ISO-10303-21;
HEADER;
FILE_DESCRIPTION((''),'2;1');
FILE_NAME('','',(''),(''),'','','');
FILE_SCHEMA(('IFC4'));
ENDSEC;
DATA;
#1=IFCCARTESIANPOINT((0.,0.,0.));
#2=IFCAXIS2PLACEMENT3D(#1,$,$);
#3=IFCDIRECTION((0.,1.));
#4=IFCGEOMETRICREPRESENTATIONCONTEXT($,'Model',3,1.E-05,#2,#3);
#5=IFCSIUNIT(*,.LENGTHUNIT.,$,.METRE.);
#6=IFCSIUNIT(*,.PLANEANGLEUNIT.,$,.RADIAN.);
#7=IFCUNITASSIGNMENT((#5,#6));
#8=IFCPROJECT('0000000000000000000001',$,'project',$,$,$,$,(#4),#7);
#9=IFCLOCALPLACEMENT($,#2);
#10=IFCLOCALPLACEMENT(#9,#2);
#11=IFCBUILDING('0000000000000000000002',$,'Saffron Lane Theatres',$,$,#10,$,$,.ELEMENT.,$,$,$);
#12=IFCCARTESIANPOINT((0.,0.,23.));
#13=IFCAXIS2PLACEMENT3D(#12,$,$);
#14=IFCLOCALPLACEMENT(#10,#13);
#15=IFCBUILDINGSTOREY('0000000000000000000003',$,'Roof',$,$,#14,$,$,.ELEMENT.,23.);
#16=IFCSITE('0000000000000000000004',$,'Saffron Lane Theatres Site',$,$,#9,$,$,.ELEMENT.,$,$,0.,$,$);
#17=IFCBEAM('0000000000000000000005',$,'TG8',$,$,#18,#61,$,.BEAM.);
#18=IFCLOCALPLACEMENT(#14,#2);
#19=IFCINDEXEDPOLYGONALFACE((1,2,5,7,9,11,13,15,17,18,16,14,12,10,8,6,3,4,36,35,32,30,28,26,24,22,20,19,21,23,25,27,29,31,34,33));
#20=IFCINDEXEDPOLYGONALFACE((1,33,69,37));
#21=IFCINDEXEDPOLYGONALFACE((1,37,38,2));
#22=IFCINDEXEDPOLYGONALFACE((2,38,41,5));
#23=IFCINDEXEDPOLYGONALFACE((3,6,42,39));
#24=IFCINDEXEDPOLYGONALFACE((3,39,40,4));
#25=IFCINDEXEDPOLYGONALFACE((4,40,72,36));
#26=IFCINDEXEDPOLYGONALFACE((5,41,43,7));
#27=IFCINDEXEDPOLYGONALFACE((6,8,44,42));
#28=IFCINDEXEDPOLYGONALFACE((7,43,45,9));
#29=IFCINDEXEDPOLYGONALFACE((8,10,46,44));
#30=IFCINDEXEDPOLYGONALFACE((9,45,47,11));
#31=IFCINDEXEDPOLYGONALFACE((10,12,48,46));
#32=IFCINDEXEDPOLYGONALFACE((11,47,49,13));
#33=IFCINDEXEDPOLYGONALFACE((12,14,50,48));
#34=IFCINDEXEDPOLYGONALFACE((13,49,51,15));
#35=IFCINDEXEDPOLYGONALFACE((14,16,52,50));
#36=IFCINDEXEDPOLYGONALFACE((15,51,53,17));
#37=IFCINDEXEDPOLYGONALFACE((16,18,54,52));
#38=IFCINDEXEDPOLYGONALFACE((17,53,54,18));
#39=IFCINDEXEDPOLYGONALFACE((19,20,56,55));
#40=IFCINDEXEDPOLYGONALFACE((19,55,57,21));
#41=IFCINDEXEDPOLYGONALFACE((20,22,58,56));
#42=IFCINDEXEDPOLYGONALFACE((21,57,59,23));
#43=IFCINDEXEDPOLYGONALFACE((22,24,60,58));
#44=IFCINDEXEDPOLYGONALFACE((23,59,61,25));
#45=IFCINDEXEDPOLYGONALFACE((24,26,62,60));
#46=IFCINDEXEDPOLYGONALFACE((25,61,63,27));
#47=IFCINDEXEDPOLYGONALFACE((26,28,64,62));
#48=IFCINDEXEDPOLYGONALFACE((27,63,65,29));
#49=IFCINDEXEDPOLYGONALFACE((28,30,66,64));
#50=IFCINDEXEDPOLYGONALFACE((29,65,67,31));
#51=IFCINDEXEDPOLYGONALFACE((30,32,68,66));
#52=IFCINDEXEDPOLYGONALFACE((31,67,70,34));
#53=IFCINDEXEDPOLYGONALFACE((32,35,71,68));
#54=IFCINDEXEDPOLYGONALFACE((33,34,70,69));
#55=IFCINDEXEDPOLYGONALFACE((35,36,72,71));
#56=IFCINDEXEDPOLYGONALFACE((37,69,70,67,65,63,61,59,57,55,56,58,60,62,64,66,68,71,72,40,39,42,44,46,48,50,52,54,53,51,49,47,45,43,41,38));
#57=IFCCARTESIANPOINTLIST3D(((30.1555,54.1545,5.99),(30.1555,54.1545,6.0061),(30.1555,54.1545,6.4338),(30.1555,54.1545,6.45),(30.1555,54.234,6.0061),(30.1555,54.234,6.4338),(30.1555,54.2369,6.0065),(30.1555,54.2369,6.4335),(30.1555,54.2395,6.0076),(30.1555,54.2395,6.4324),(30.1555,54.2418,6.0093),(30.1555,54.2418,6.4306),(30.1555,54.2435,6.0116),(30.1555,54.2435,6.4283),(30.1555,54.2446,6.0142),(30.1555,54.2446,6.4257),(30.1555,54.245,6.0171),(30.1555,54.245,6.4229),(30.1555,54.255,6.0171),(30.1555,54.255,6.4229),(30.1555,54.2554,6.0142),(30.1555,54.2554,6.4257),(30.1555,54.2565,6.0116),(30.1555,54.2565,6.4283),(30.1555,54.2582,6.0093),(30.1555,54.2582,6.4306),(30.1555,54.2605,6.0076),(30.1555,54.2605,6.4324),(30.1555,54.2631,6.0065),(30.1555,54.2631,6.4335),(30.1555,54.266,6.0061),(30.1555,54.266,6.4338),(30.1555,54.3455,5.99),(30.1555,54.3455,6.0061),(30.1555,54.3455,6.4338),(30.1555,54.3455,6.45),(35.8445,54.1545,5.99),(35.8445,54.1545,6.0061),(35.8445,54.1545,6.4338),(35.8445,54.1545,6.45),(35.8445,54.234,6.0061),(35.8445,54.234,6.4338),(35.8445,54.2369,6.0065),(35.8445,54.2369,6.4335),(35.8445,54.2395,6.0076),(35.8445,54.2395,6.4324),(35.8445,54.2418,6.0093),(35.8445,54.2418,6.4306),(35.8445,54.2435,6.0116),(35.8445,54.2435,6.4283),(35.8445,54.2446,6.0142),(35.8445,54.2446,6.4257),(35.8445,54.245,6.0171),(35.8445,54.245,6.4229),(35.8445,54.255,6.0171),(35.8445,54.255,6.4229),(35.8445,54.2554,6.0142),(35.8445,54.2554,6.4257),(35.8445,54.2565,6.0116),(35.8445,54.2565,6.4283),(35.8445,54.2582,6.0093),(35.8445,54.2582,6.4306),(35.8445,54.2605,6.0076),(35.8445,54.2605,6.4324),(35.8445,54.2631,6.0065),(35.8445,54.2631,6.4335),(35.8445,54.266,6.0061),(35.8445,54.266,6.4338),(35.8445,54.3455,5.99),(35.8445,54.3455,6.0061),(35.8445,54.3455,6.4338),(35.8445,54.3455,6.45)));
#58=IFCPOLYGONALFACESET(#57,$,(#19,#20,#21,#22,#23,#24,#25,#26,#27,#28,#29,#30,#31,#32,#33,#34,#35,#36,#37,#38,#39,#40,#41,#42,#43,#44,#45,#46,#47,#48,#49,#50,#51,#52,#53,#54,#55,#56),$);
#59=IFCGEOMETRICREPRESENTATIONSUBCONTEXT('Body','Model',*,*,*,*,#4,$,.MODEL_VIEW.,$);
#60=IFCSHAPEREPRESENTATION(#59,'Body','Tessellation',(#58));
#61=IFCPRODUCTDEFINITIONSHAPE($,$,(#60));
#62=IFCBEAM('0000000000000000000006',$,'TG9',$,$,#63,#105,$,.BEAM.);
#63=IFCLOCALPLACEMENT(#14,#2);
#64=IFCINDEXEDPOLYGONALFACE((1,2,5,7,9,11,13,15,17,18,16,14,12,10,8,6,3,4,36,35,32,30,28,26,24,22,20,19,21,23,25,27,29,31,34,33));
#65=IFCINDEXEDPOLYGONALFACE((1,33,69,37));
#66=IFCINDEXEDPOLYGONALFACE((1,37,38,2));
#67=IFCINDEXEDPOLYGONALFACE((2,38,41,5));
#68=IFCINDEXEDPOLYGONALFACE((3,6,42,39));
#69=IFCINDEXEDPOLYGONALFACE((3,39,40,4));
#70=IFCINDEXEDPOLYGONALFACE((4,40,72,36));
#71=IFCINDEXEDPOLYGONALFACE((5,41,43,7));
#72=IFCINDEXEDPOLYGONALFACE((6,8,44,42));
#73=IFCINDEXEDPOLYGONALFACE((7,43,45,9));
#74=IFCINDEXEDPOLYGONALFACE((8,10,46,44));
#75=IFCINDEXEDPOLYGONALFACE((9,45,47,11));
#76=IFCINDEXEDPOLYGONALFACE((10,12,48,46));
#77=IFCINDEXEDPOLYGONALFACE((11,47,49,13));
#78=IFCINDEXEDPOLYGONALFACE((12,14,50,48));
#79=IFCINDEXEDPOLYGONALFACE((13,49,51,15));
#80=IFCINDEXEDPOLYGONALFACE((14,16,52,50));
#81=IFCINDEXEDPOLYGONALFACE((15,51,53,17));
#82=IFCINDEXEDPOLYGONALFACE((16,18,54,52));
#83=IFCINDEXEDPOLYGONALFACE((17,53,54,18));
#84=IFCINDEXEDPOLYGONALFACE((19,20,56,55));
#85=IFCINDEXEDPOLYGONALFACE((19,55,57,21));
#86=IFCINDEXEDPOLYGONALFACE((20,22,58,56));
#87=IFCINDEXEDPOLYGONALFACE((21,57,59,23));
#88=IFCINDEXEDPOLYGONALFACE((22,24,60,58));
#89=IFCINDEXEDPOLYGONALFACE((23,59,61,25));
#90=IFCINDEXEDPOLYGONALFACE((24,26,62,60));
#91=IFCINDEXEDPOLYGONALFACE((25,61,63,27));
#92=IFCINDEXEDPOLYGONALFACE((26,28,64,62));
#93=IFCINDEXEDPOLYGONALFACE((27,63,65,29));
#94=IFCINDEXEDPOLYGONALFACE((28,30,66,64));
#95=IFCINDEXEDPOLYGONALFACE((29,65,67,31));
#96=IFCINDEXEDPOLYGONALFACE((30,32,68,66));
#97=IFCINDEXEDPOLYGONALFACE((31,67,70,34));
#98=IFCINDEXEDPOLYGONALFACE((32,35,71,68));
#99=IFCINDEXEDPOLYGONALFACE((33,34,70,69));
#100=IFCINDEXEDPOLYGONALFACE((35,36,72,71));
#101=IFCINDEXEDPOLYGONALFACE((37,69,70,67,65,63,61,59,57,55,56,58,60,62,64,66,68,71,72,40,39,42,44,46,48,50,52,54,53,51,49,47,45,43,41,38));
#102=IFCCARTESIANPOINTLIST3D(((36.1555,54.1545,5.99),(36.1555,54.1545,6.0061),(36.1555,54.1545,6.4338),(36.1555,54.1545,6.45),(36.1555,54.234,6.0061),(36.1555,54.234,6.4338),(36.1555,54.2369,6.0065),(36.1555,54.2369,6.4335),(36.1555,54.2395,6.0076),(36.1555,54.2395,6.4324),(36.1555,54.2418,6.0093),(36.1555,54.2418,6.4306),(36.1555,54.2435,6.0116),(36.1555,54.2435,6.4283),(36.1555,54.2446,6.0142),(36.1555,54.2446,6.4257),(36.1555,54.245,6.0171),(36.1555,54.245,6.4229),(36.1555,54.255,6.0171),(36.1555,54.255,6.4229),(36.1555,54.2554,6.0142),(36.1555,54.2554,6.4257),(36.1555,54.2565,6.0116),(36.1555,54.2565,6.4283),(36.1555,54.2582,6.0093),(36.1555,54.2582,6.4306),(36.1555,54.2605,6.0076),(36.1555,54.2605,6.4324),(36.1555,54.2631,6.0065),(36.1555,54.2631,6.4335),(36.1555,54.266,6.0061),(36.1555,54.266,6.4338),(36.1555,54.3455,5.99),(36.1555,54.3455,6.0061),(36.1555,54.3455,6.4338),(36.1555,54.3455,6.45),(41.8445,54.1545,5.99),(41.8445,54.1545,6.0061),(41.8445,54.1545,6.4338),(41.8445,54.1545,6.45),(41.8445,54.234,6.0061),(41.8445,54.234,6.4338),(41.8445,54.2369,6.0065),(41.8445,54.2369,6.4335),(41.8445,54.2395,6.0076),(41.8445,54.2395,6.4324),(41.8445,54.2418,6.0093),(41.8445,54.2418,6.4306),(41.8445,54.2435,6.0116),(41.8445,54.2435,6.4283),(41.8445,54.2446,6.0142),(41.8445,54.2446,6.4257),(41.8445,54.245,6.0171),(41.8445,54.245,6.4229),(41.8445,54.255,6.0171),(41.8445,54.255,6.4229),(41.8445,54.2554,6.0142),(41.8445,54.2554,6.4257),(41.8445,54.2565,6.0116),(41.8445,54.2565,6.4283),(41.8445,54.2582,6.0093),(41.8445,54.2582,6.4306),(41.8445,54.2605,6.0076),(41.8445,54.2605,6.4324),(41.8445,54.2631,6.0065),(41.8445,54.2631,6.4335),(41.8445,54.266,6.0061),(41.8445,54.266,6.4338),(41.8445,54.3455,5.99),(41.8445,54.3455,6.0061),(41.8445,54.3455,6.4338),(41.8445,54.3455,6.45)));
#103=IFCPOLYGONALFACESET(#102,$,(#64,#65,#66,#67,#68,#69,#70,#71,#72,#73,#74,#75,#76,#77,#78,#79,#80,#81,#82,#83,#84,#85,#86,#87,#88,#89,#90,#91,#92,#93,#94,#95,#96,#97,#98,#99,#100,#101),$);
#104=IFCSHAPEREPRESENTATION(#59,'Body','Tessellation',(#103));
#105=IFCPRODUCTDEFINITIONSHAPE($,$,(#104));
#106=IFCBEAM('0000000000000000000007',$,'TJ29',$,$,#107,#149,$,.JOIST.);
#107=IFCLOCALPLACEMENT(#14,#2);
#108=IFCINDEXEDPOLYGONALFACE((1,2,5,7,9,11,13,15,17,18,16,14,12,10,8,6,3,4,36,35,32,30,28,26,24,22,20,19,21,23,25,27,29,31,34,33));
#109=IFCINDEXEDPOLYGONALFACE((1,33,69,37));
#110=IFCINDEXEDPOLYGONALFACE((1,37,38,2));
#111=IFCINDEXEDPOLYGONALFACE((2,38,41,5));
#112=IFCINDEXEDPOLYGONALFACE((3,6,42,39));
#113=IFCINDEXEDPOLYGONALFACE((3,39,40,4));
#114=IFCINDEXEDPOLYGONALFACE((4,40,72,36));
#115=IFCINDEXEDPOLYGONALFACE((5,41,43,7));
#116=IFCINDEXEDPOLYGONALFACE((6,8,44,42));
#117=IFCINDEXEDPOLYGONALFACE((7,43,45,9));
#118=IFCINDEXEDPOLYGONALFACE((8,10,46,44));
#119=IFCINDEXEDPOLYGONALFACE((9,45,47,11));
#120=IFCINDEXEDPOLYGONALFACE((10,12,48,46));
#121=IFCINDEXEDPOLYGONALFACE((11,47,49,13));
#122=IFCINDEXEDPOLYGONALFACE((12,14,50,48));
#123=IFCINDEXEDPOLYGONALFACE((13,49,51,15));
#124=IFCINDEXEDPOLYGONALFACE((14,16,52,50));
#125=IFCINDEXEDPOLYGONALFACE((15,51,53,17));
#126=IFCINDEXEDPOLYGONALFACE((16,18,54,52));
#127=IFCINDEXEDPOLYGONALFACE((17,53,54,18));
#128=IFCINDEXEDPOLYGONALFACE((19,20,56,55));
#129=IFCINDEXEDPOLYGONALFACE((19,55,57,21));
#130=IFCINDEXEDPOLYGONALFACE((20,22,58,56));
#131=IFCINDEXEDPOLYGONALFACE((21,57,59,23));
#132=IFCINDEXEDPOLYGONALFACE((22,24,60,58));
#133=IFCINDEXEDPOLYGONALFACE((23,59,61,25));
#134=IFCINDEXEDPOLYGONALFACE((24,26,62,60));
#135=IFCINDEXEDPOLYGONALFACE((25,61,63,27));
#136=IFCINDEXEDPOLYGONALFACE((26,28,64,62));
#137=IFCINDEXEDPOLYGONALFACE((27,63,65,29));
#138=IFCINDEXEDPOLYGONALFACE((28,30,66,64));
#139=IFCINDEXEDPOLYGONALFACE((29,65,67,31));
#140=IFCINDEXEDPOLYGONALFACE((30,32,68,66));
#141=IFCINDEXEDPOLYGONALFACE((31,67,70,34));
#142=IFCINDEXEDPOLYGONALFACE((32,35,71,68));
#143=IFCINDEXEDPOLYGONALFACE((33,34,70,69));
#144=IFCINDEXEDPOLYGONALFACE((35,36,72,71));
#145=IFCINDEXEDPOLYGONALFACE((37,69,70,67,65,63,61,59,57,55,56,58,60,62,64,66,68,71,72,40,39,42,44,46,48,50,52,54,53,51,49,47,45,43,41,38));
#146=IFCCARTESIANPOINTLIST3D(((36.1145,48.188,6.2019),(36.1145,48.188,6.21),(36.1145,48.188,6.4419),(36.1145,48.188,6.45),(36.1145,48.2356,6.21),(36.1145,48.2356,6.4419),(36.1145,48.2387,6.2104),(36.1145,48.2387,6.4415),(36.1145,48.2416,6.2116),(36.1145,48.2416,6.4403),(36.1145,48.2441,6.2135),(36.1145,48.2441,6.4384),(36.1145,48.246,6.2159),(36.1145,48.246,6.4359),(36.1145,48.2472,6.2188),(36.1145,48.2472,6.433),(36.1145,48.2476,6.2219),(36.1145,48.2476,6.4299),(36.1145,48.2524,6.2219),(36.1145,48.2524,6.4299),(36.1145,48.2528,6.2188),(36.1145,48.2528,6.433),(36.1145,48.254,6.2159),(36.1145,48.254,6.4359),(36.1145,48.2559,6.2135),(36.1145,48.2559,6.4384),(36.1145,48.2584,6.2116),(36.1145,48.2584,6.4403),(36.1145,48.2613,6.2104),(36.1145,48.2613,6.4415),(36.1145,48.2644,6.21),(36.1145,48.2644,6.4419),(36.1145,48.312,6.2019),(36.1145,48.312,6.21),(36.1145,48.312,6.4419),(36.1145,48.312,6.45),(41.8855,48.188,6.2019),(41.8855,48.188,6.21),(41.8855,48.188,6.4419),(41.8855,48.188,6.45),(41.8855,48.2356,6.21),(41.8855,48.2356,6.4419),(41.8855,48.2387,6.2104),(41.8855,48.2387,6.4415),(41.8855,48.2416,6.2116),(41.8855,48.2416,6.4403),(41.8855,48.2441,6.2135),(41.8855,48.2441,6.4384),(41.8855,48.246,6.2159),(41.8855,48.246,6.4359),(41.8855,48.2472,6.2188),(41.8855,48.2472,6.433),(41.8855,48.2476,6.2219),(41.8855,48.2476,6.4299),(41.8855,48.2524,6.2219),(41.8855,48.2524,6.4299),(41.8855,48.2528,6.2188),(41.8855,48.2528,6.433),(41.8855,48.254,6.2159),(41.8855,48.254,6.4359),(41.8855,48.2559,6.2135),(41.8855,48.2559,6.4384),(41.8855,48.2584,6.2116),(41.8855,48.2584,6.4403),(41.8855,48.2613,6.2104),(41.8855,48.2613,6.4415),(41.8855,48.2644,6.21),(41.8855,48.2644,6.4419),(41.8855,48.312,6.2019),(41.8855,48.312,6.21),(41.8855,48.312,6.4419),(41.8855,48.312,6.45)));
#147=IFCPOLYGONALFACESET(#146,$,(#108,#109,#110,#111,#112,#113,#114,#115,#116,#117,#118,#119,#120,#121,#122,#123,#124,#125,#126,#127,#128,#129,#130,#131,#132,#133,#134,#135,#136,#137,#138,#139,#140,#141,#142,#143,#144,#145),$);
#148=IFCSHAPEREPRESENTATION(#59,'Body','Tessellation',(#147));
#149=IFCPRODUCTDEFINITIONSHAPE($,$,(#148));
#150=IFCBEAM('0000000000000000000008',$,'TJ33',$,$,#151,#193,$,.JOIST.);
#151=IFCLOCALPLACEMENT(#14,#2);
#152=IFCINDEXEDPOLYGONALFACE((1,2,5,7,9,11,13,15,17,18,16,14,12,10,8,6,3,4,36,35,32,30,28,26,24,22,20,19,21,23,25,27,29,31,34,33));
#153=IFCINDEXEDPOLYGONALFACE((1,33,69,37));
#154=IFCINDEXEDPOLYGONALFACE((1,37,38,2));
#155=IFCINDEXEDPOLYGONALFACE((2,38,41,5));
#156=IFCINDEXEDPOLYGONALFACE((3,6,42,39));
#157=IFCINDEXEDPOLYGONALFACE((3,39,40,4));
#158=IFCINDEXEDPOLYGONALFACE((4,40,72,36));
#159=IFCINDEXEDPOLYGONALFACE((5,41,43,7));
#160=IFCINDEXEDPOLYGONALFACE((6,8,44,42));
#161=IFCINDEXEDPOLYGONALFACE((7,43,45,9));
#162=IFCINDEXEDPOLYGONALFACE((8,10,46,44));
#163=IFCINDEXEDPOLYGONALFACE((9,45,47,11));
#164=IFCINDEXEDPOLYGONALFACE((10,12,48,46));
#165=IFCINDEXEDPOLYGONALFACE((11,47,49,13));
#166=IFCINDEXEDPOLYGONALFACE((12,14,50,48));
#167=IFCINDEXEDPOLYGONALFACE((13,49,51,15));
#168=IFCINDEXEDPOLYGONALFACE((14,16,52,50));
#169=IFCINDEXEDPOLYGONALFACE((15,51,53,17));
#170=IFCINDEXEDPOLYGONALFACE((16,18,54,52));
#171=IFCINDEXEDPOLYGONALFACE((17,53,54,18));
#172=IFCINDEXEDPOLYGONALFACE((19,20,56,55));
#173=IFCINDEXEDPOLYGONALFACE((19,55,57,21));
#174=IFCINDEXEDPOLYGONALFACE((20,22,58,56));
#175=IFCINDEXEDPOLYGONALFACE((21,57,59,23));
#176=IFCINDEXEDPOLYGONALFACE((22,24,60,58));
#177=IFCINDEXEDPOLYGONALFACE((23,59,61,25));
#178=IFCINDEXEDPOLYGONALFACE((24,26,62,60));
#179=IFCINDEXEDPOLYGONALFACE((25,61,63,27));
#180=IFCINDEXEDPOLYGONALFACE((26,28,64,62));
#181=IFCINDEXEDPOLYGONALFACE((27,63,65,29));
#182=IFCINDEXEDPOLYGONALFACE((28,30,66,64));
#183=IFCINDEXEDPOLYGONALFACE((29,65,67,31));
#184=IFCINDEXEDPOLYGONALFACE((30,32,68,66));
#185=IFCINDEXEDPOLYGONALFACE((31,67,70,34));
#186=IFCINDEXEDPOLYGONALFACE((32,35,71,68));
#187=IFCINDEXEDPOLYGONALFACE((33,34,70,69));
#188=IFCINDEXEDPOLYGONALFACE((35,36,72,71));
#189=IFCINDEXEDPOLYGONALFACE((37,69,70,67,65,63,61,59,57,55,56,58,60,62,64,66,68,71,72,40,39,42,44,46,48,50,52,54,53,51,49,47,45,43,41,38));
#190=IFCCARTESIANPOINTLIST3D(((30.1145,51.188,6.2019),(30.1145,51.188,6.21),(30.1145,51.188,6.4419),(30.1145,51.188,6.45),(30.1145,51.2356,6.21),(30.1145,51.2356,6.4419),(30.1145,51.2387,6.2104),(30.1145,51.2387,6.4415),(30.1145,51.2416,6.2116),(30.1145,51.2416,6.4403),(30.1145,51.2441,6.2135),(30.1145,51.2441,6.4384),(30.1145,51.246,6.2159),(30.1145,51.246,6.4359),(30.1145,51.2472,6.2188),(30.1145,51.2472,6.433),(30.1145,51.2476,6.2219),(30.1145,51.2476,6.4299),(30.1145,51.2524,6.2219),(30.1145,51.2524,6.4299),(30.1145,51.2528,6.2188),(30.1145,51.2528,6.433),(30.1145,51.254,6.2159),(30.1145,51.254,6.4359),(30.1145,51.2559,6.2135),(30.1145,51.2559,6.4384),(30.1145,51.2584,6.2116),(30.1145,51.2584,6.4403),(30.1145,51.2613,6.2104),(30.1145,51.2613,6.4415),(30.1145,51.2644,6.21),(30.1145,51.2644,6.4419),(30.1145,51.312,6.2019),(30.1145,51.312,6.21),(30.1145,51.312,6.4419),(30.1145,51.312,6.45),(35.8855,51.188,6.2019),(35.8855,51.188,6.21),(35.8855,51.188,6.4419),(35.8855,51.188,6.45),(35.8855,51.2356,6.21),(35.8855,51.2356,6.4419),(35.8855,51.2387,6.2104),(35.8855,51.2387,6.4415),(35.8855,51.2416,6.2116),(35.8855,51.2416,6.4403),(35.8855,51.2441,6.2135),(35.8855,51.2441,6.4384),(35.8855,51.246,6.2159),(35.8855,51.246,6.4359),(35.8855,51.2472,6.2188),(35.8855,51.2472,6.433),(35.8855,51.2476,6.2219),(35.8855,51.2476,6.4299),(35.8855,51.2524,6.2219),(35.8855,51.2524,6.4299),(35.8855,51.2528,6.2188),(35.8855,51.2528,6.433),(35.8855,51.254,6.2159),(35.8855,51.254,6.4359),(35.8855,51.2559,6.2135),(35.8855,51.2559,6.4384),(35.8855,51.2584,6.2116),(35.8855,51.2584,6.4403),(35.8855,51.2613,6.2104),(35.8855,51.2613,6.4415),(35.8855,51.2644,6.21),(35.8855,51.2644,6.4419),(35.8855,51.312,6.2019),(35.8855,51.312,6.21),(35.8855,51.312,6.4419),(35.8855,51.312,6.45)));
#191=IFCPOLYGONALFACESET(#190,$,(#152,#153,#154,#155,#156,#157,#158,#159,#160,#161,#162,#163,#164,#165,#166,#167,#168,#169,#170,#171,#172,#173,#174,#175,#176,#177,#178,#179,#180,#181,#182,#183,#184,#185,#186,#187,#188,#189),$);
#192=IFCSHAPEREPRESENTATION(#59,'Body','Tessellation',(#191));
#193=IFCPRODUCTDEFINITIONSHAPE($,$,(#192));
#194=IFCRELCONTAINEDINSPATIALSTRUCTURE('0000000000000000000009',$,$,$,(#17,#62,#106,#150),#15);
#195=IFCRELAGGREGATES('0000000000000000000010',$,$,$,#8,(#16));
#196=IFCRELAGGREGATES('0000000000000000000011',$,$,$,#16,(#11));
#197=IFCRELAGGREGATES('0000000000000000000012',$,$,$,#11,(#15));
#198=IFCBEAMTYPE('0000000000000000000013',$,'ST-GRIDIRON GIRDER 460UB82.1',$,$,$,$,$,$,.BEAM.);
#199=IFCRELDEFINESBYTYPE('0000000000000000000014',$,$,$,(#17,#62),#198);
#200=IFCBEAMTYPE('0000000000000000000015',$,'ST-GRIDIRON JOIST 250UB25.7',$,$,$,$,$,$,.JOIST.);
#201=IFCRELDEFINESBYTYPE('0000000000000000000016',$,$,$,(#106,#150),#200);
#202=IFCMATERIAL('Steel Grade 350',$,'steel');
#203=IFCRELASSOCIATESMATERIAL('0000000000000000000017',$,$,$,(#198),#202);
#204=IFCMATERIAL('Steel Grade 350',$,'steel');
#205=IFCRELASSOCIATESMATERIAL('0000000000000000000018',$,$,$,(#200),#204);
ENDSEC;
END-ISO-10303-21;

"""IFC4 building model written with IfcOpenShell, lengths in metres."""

from ifc_helpers import new_model, si_unit, direction, frame, origin, origin_2d, place, context, subcontext, project, spatial, i_section, extrude, material, material_profile, profile_set, type_object, element, save


model = new_model("IFC4")

# Units and contexts
model_context = context("Model", 3, precision=1e-05, world=origin(), true_north=direction((0.0, 1.0)))
body_context = subcontext(model_context, "Body", "Model", "MODEL_VIEW")
ifc_project = project(units=[si_unit("LENGTHUNIT", "METRE"), si_unit("PLANEANGLEUNIT", "RADIAN")], contexts=[model_context])

# Site, building, storey
site_placement = place(None, origin())
site = spatial("IfcSite", under=ifc_project, at=site_placement, Name="Saffron Lane Theatres Site", CompositionType="ELEMENT", RefElevation=0.0)
building_placement = place(site_placement, origin())
building = spatial("IfcBuilding", under=site, at=building_placement, Name="Saffron Lane Theatres", CompositionType="ELEMENT")
storey_placement = place(building_placement, frame((0.0, 0.0, 23.0)))
storey = spatial("IfcBuildingStorey", under=building, at=storey_placement, Name="Roof", CompositionType="ELEMENT", Elevation=23.0)

# Beams
ifc_material_1 = material(Name="Steel Grade 350", Category="steel")
ifc_material_profile_1 = material_profile(ifc_material_1, i_section(OverallWidth=0.1909, OverallDepth=0.46, WebThickness=0.01, FlangeThickness=0.0161, FilletRadius=0.011, at=origin_2d()))
ifc_profile_set_1 = profile_set([ifc_material_profile_1], Name="Steel Grade 350")
beam_type_1 = type_object("IfcBeamType", Name="ST-GRIDIRON GIRDER 460UB82.1", PredefinedType="BEAM", material=ifc_profile_set_1)
for number, where, z_axis, x_axis, name in (
    (1, (30.1555, 54.25, 6.22), (1.0, 0.0, 0.0), (0.0, 1.0, 0.0), "TG8"),
    (2, (36.1555, 54.25, 6.22), (1.0, 0.0, 0.0), (0.0, 1.0, 0.0), "TG9"),
):
    element("IfcBeam", number, at=place(storey_placement, frame(where, z_axis=z_axis, x_axis=x_axis)), inside=storey, type_object=beam_type_1, Name=name, PredefinedType="BEAM", context=body_context, shape_type="SweptSolid", body=[
        extrude(i_section(OverallWidth=0.1909, OverallDepth=0.46, WebThickness=0.01, FlangeThickness=0.0161, FilletRadius=0.011, at=origin_2d()), origin(), (0.0, 0.0, 1.0), 5.689),
    ])
ifc_material_2 = material(Name="Steel Grade 350", Category="steel")
ifc_material_profile_2 = material_profile(ifc_material_2, i_section(OverallWidth=0.124, OverallDepth=0.248, WebThickness=0.0049, FlangeThickness=0.0081, FilletRadius=0.012, at=origin_2d()))
ifc_profile_set_2 = profile_set([ifc_material_profile_2], Name="Steel Grade 350")
beam_type_2 = type_object("IfcBeamType", Name="ST-GRIDIRON JOIST 250UB25.7", PredefinedType="JOIST", material=ifc_profile_set_2)
for number, where, z_axis, x_axis, name in (
    (3, (36.1145, 48.25, 6.3259), (1.0, 0.0, 0.0), (0.0, 1.0, 0.0), "TJ29"),
    (4, (30.1145, 51.25, 6.3259), (1.0, 0.0, 0.0), (0.0, 1.0, 0.0), "TJ33"),
):
    element("IfcBeam", number, at=place(storey_placement, frame(where, z_axis=z_axis, x_axis=x_axis)), inside=storey, type_object=beam_type_2, Name=name, PredefinedType="JOIST", context=body_context, shape_type="SweptSolid", body=[
        extrude(i_section(OverallWidth=0.124, OverallDepth=0.248, WebThickness=0.0049, FlangeThickness=0.0081, FilletRadius=0.012, at=origin_2d()), origin(), (0.0, 0.0, 1.0), 5.771),
    ])

save(model, "model.ifc")
